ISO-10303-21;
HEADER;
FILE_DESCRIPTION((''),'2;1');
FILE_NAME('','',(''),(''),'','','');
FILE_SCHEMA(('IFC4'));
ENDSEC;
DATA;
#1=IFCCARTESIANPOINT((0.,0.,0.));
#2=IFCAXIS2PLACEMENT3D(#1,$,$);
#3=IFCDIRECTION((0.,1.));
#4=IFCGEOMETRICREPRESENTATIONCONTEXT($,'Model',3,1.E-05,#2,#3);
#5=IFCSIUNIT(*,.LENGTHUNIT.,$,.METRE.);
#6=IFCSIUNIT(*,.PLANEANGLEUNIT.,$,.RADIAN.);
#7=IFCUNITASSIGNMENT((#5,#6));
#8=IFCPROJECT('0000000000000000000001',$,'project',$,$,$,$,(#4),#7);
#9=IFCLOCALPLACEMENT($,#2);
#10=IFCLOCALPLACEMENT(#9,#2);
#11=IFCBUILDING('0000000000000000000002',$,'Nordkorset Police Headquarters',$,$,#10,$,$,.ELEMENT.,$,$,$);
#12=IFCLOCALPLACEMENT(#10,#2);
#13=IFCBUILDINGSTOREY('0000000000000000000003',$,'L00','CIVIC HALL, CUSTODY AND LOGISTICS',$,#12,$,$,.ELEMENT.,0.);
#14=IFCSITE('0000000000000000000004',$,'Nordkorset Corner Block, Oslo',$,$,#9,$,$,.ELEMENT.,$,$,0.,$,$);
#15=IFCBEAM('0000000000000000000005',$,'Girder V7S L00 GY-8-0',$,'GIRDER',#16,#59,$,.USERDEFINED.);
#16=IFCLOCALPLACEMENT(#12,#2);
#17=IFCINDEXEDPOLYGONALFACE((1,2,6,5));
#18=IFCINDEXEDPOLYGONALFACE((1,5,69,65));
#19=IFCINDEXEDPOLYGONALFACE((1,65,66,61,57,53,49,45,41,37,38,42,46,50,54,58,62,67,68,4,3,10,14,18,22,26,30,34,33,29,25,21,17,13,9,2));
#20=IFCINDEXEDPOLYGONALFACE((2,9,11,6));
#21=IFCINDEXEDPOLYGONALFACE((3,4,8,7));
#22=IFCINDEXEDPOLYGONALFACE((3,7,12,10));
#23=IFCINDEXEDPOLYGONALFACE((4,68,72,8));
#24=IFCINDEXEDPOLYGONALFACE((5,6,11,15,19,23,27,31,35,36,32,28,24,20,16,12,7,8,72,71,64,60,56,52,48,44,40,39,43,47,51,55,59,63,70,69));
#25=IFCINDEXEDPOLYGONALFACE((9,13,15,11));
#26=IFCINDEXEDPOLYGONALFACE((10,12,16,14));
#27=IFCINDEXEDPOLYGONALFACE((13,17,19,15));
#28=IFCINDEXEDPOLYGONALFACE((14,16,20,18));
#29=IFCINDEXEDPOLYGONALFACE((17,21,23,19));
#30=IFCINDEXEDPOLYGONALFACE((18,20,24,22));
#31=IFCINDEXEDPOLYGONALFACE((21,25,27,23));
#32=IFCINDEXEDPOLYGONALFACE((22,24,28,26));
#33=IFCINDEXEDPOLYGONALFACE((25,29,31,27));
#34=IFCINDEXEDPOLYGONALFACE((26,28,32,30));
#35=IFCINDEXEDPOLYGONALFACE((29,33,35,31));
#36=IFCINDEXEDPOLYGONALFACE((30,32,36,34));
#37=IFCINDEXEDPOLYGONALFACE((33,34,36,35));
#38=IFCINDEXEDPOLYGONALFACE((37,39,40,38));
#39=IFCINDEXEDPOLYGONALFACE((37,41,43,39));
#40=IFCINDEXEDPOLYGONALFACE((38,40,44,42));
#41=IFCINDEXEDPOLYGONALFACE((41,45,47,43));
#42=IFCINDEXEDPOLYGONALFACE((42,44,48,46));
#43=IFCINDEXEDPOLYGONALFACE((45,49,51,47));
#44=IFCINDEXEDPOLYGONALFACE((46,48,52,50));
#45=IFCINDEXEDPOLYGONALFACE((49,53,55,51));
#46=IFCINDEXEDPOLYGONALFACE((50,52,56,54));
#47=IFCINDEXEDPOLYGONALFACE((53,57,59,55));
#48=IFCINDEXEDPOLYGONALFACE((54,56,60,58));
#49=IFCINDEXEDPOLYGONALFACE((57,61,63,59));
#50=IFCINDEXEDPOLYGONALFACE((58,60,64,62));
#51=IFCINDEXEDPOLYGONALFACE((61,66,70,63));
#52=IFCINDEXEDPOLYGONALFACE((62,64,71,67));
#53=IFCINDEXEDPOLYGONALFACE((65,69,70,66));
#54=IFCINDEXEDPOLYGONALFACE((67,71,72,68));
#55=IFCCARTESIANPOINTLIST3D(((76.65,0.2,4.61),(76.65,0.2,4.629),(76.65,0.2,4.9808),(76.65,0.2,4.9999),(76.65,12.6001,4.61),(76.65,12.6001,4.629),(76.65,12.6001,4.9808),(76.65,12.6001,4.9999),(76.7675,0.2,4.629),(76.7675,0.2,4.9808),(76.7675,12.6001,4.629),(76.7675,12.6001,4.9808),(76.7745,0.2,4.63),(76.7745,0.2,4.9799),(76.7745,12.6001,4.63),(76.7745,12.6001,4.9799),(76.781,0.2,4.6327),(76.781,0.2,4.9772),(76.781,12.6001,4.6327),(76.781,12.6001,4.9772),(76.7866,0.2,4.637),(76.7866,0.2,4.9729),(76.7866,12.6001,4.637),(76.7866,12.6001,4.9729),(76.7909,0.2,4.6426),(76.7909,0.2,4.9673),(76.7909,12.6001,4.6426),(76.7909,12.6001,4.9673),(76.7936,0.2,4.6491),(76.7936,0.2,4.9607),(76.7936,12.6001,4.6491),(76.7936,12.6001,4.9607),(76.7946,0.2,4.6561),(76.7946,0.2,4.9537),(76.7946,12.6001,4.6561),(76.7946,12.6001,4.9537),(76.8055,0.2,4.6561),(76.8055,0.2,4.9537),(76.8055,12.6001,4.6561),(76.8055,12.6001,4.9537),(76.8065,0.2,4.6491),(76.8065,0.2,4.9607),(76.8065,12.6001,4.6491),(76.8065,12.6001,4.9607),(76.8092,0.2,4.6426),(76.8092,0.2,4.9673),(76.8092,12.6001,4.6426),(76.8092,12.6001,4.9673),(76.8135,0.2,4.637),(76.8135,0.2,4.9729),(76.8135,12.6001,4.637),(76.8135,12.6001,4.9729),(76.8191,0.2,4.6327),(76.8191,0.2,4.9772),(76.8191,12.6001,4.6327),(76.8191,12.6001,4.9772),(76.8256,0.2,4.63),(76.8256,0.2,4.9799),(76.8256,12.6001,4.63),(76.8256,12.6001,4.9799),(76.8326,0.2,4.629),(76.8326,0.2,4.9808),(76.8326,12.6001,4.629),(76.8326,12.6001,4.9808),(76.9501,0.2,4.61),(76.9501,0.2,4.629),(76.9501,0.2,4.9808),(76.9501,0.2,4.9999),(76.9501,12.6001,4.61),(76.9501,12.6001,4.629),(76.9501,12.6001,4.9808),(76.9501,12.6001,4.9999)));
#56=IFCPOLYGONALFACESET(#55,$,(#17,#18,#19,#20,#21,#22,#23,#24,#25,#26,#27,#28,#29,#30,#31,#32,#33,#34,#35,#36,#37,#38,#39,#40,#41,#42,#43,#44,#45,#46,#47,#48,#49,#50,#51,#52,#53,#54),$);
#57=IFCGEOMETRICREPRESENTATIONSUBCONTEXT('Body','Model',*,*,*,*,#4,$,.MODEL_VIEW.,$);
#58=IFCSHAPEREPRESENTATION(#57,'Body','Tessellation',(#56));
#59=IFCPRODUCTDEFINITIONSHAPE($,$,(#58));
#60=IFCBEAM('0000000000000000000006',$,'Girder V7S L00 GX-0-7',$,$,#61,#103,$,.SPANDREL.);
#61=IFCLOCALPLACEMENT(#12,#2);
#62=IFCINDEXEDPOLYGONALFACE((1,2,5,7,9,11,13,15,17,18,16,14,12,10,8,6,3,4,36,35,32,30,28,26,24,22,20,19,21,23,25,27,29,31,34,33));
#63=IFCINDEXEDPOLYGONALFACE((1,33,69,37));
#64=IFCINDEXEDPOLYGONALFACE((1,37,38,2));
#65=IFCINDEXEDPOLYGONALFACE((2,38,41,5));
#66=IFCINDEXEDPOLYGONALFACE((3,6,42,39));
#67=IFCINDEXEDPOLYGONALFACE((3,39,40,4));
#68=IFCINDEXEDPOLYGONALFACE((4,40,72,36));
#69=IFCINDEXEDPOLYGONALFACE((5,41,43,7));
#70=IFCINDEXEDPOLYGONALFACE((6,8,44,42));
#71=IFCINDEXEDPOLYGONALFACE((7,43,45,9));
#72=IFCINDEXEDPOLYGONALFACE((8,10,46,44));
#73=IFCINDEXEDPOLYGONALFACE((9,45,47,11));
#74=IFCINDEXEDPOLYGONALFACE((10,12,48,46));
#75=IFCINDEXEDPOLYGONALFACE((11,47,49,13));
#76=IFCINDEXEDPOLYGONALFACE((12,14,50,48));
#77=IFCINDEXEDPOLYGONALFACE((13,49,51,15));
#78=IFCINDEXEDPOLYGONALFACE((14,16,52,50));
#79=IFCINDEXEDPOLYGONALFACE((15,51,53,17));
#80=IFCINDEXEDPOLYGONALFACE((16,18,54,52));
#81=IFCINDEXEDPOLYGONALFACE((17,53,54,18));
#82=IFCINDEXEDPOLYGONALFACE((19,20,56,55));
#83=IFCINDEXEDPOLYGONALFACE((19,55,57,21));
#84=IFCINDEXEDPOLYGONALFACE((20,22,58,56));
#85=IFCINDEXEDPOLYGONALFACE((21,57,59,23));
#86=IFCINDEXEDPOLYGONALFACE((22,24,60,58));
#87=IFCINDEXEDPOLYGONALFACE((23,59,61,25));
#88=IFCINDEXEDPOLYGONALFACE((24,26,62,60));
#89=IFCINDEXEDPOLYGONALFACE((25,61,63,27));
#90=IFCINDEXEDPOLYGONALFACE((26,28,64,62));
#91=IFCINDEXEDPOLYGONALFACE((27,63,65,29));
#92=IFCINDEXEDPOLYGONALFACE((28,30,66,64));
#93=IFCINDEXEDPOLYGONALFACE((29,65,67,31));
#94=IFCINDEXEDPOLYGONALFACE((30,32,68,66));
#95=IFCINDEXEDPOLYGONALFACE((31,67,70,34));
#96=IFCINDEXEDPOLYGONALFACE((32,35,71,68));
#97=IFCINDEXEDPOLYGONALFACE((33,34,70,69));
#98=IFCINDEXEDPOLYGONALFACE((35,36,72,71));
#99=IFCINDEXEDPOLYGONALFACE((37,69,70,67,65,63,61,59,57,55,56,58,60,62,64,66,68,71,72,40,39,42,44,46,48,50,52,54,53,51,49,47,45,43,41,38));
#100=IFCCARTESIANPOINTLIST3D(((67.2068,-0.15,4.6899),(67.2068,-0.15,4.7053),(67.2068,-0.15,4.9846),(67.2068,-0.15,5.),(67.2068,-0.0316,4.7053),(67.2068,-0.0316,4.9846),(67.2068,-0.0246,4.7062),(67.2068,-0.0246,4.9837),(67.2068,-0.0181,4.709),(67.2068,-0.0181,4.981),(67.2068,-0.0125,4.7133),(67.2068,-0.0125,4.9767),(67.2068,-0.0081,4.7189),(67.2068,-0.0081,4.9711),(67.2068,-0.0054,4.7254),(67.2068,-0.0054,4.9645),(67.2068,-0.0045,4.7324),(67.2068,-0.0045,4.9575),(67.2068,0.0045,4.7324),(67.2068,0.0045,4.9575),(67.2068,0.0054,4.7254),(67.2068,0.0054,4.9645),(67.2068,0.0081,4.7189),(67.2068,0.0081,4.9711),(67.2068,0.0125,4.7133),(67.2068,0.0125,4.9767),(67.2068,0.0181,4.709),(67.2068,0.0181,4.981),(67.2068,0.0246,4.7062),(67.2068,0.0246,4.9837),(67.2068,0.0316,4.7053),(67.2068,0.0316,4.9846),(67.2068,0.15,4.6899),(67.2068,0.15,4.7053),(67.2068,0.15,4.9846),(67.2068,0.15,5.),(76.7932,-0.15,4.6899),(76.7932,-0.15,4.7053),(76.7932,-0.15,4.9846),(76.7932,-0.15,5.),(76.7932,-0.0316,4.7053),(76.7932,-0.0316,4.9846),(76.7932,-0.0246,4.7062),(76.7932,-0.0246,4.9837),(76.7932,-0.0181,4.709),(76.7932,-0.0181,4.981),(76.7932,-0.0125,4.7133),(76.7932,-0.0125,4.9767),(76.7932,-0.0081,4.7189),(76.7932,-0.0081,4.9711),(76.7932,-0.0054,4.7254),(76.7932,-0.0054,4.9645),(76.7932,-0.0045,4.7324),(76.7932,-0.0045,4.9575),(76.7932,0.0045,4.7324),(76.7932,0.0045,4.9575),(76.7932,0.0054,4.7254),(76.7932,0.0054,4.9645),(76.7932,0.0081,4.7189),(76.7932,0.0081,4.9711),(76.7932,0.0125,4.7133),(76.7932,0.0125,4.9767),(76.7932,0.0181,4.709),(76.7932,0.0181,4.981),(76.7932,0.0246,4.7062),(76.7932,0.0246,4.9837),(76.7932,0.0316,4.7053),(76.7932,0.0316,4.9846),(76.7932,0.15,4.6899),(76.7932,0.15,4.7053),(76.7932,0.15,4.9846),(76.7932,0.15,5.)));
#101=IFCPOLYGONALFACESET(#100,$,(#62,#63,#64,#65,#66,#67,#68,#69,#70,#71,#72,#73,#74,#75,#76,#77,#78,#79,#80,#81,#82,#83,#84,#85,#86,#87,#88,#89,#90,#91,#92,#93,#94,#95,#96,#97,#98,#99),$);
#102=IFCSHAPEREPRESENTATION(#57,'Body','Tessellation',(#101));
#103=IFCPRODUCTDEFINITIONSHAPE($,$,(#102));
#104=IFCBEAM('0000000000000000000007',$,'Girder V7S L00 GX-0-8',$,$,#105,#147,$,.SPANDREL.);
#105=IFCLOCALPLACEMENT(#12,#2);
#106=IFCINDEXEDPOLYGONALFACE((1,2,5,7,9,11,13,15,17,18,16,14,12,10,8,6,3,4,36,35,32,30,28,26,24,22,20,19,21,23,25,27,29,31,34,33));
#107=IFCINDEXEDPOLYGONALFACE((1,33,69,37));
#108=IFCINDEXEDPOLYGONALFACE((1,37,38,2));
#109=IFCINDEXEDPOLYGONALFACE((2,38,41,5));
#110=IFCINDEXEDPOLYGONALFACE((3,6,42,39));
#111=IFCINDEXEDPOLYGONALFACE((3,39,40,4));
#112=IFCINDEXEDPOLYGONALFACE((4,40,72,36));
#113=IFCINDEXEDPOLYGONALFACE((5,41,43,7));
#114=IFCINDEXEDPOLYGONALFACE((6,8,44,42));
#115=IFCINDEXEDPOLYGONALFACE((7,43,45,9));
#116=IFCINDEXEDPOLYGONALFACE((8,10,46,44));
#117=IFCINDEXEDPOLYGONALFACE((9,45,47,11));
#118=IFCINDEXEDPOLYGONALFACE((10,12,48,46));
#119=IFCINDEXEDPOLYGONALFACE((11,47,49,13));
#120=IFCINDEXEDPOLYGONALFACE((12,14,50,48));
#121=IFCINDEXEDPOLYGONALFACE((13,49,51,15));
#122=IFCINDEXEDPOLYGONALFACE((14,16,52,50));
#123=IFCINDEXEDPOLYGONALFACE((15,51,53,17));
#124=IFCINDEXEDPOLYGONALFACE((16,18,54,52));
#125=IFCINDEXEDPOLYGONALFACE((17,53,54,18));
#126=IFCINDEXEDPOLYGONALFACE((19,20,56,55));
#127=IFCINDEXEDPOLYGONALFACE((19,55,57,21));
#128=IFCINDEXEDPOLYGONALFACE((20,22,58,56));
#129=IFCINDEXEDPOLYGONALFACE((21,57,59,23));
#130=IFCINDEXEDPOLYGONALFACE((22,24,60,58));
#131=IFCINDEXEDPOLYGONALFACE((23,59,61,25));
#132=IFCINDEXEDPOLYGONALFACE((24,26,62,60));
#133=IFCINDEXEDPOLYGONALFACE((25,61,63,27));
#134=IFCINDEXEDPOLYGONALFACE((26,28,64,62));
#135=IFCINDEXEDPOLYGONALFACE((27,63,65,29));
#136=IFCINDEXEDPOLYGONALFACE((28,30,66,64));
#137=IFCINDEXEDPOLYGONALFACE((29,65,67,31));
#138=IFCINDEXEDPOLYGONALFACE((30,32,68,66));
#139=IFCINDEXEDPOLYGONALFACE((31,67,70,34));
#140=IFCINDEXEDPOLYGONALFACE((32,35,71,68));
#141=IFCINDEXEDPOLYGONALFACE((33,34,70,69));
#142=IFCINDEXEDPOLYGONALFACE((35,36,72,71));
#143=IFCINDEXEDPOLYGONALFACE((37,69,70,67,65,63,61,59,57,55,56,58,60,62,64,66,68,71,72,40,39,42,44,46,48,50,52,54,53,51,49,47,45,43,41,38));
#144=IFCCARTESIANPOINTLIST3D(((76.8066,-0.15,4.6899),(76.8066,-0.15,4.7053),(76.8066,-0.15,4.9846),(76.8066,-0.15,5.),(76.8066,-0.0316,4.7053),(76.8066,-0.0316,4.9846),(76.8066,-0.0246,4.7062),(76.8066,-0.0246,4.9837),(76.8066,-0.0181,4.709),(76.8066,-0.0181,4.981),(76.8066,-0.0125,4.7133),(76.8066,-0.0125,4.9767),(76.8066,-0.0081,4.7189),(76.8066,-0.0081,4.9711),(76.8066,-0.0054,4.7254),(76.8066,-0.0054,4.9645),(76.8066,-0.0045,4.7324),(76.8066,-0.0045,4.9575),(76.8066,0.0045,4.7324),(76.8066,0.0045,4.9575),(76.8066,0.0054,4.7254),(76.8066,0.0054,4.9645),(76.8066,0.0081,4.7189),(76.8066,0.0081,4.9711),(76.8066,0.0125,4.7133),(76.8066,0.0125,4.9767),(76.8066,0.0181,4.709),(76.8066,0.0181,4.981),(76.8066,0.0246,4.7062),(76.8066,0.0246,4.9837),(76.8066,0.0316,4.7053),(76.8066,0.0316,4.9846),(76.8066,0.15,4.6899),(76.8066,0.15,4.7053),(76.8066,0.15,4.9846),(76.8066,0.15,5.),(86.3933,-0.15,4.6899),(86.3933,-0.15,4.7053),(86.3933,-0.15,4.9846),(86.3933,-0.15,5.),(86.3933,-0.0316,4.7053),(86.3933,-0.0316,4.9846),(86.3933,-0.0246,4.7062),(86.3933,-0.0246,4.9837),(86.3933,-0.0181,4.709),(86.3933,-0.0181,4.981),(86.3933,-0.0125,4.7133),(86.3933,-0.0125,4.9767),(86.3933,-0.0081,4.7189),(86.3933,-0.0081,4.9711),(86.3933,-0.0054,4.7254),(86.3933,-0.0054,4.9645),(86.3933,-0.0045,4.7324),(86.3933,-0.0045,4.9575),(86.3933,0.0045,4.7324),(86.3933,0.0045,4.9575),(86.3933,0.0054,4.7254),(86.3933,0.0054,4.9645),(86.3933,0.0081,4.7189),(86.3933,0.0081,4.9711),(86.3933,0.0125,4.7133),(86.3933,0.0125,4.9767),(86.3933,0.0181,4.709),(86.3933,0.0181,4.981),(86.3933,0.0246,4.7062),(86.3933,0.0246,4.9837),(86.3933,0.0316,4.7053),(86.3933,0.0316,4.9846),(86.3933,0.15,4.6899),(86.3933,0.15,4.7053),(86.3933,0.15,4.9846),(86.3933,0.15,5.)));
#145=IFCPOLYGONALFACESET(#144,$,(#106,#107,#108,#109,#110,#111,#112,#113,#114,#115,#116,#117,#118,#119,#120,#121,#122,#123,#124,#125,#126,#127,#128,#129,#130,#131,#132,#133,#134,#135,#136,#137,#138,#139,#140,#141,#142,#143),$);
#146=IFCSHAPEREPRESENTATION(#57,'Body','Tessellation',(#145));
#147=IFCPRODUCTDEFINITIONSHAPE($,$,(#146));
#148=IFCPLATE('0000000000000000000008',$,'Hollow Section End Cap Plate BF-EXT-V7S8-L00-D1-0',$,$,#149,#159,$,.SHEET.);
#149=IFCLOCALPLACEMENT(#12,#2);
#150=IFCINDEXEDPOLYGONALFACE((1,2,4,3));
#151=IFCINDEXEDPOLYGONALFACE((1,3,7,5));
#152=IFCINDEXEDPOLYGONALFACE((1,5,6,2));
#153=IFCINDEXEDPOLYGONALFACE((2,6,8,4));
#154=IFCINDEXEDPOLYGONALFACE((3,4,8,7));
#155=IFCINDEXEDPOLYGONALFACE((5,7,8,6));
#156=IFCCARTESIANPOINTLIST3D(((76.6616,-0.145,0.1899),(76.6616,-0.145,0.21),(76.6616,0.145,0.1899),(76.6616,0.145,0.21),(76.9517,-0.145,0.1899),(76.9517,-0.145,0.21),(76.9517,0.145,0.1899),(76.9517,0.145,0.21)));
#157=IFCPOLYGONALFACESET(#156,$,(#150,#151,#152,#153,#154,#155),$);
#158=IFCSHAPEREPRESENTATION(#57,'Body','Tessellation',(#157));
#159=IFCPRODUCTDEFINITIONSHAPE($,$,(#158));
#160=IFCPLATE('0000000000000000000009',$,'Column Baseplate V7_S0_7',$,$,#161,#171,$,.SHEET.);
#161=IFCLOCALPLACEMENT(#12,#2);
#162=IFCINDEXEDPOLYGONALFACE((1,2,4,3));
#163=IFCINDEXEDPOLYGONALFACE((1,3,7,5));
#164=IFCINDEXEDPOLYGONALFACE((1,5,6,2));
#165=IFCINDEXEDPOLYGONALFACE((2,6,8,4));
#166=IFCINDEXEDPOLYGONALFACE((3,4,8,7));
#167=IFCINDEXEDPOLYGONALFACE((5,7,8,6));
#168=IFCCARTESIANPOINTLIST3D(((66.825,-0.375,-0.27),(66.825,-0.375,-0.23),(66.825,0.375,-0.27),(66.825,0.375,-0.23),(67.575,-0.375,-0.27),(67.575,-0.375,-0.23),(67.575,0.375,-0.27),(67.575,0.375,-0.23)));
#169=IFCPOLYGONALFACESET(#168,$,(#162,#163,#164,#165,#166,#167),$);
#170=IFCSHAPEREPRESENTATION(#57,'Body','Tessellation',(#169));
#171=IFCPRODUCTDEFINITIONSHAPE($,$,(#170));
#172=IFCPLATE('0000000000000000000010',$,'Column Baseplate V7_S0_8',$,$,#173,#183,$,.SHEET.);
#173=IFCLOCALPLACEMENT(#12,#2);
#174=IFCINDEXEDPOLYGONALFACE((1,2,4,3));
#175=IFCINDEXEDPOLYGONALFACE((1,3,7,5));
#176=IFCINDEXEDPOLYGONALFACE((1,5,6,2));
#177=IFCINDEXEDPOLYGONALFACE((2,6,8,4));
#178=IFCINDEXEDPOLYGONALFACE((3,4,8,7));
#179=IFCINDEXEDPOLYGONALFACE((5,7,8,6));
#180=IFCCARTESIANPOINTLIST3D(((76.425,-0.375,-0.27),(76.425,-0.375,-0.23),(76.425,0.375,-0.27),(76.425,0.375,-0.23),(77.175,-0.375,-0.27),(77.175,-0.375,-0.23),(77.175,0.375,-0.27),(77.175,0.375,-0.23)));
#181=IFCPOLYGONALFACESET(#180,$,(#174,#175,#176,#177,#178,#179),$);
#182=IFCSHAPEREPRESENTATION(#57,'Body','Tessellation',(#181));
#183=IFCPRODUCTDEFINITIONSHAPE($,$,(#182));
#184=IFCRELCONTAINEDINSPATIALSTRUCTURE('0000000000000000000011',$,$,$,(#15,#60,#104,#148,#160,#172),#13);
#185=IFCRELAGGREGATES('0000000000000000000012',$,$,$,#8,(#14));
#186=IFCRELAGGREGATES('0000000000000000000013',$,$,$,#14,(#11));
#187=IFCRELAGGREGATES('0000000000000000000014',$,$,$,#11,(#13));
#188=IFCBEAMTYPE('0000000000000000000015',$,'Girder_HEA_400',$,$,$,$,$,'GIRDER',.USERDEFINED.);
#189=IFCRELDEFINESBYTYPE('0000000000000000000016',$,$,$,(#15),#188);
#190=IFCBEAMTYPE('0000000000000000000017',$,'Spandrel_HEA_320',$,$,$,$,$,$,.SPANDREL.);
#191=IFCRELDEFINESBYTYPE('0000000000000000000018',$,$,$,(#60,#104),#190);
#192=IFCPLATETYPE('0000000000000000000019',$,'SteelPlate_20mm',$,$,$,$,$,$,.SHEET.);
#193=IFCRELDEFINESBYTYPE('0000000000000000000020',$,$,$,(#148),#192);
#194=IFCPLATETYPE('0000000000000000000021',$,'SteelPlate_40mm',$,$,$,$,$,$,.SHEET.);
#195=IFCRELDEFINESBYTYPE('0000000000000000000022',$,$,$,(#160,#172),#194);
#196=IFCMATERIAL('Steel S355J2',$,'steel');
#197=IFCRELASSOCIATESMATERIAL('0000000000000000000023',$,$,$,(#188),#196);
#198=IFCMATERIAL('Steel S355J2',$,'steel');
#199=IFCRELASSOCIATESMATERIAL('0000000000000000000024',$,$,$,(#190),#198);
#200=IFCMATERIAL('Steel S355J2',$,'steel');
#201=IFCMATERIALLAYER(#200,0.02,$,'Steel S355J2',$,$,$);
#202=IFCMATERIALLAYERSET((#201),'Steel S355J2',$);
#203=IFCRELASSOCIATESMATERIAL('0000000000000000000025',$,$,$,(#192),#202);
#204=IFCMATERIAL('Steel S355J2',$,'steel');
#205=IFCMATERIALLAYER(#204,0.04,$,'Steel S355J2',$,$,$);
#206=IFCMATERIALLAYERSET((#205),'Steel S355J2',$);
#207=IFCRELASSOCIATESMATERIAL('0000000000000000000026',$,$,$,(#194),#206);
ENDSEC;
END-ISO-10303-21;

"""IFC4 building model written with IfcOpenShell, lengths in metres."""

from ifc_helpers import new_model, si_unit, direction, frame, origin, origin_2d, place, context, subcontext, project, spatial, rectangle, i_section, extrude, material, layer, layer_set, material_profile, profile_set, type_object, element, save


model = new_model("IFC4")

# Units and contexts
model_context = context("Model", 3, precision=1e-05, world=origin(), true_north=direction((0.0, 1.0)))
body_context = subcontext(model_context, "Body", "Model", "MODEL_VIEW")
ifc_project = project(units=[si_unit("LENGTHUNIT", "METRE"), si_unit("PLANEANGLEUNIT", "RADIAN")], contexts=[model_context])

# Site, building, storey
site_placement = place(None, origin())
site = spatial("IfcSite", under=ifc_project, at=site_placement, Name="Nordkorset Corner Block, Oslo", CompositionType="ELEMENT", RefElevation=0.0)
building_placement = place(site_placement, origin())
building = spatial("IfcBuilding", under=site, at=building_placement, Name="Nordkorset Police Headquarters", CompositionType="ELEMENT")
storey_placement = place(building_placement, origin())
storey = spatial("IfcBuildingStorey", under=building, at=storey_placement, Name="L00", Description="CIVIC HALL, CUSTODY AND LOGISTICS", CompositionType="ELEMENT", Elevation=0.0)

# Beams
ifc_material_1 = material(Name="Steel S355J2", Category="steel")
ifc_material_profile_1 = material_profile(ifc_material_1, i_section(OverallWidth=0.3, OverallDepth=0.3899, WebThickness=0.011, FlangeThickness=0.019, FilletRadius=0.0271, at=origin_2d()), Name="HEA 400")
ifc_profile_set_1 = profile_set([ifc_material_profile_1], Name="Steel S355J2")
beam_type_1 = type_object("IfcBeamType", Name="Girder_HEA_400", ElementType="GIRDER", PredefinedType="USERDEFINED", material=ifc_profile_set_1)
for number, where, z_axis, x_axis, name in (
    (1, (76.8, 0.2, 4.8049), (0.0, 1.0, 0.0), (-1.0, 0.0, 0.0), "Girder V7S L00 GY-8-0"),
):
    element("IfcBeam", number, at=place(storey_placement, frame(where, z_axis=z_axis, x_axis=x_axis)), inside=storey, type_object=beam_type_1, Name=name, ObjectType="GIRDER", PredefinedType="USERDEFINED", context=body_context, shape_type="SweptSolid", body=[
        extrude(i_section(OverallWidth=0.3, OverallDepth=0.3899, WebThickness=0.011, FlangeThickness=0.019, FilletRadius=0.0271, at=origin_2d()), origin(), (0.0, 0.0, 1.0), 12.4001),
    ])
ifc_material_2 = material(Name="Steel S355J2", Category="steel")
ifc_material_profile_2 = material_profile(ifc_material_2, i_section(OverallWidth=0.3, OverallDepth=0.3101, WebThickness=0.009, FlangeThickness=0.0154, FilletRadius=0.0271, at=origin_2d()), Name="HEA 320")
ifc_profile_set_2 = profile_set([ifc_material_profile_2], Name="Steel S355J2")
beam_type_2 = type_object("IfcBeamType", Name="Spandrel_HEA_320", PredefinedType="SPANDREL", material=ifc_profile_set_2)
beam_1_placement = place(storey_placement, frame((67.2068, 0.0, 4.845), z_axis=(1.0, 0.0, 0.0), x_axis=(0.0, 1.0, 0.0)))
element("IfcBeam", 2, at=beam_1_placement, inside=storey, type_object=beam_type_2, Name="Girder V7S L00 GX-0-7", PredefinedType="SPANDREL", context=body_context, shape_type="SweptSolid", body=[
    extrude(i_section(OverallWidth=0.3, OverallDepth=0.3101, WebThickness=0.009, FlangeThickness=0.0154, FilletRadius=0.0271, at=origin_2d()), origin(), (0.0, 0.0, 1.0), 9.5864),
])
beam_2_placement = place(storey_placement, frame((76.8066, 0.0, 4.845), z_axis=(1.0, 0.0, 0.0), x_axis=(0.0, 1.0, 0.0)))
element("IfcBeam", 3, at=beam_2_placement, inside=storey, type_object=beam_type_2, Name="Girder V7S L00 GX-0-8", PredefinedType="SPANDREL", context=body_context, shape_type="SweptSolid", body=[
    extrude(i_section(OverallWidth=0.3, OverallDepth=0.3101, WebThickness=0.009, FlangeThickness=0.0154, FilletRadius=0.0271, at=origin_2d()), origin(), (0.0, 0.0, 1.0), 9.5867),
])

# Plates
ifc_material_3 = material(Name="Steel S355J2", Category="steel")
ifc_layer_1 = layer(ifc_material_3, 0.02, Name="Steel S355J2")
ifc_layer_set_1 = layer_set([ifc_layer_1], Name="Steel S355J2")
plate_type_1 = type_object("IfcPlateType", Name="SteelPlate_20mm", PredefinedType="SHEET", material=ifc_layer_set_1)
plate_placement = place(storey_placement, frame((76.8066, 0.0, 0.1899), z_axis=(0.0, 0.0, 1.0), x_axis=(1.0, 0.0, 0.0)))
element("IfcPlate", 4, at=plate_placement, inside=storey, type_object=plate_type_1, Name="Hollow Section End Cap Plate BF-EXT-V7S8-L00-D1-0", PredefinedType="SHEET", context=body_context, shape_type="SweptSolid", body=[
    extrude(rectangle(XDim=0.29, YDim=0.29, at=origin_2d()), origin(), (0.0, 0.0, 1.0), 0.02),
])
ifc_material_4 = material(Name="Steel S355J2", Category="steel")
ifc_layer_2 = layer(ifc_material_4, 0.04, Name="Steel S355J2")
ifc_layer_set_2 = layer_set([ifc_layer_2], Name="Steel S355J2")
plate_type_2 = type_object("IfcPlateType", Name="SteelPlate_40mm", PredefinedType="SHEET", material=ifc_layer_set_2)
for number, where, z_axis, x_axis, name in (
    (5, (67.2, 0.0, -0.27), (0.0, 0.0, 1.0), (1.0, 0.0, 0.0), "Column Baseplate V7_S0_7"),
    (6, (76.8, 0.0, -0.27), (0.0, 0.0, 1.0), (1.0, 0.0, 0.0), "Column Baseplate V7_S0_8"),
):
    element("IfcPlate", number, at=place(storey_placement, frame(where, z_axis=z_axis, x_axis=x_axis)), inside=storey, type_object=plate_type_2, Name=name, PredefinedType="SHEET", context=body_context, shape_type="SweptSolid", body=[
        extrude(rectangle(XDim=0.75, YDim=0.75, at=origin_2d()), origin(), (0.0, 0.0, 1.0), 0.04),
    ])

save(model, "model.ifc")
